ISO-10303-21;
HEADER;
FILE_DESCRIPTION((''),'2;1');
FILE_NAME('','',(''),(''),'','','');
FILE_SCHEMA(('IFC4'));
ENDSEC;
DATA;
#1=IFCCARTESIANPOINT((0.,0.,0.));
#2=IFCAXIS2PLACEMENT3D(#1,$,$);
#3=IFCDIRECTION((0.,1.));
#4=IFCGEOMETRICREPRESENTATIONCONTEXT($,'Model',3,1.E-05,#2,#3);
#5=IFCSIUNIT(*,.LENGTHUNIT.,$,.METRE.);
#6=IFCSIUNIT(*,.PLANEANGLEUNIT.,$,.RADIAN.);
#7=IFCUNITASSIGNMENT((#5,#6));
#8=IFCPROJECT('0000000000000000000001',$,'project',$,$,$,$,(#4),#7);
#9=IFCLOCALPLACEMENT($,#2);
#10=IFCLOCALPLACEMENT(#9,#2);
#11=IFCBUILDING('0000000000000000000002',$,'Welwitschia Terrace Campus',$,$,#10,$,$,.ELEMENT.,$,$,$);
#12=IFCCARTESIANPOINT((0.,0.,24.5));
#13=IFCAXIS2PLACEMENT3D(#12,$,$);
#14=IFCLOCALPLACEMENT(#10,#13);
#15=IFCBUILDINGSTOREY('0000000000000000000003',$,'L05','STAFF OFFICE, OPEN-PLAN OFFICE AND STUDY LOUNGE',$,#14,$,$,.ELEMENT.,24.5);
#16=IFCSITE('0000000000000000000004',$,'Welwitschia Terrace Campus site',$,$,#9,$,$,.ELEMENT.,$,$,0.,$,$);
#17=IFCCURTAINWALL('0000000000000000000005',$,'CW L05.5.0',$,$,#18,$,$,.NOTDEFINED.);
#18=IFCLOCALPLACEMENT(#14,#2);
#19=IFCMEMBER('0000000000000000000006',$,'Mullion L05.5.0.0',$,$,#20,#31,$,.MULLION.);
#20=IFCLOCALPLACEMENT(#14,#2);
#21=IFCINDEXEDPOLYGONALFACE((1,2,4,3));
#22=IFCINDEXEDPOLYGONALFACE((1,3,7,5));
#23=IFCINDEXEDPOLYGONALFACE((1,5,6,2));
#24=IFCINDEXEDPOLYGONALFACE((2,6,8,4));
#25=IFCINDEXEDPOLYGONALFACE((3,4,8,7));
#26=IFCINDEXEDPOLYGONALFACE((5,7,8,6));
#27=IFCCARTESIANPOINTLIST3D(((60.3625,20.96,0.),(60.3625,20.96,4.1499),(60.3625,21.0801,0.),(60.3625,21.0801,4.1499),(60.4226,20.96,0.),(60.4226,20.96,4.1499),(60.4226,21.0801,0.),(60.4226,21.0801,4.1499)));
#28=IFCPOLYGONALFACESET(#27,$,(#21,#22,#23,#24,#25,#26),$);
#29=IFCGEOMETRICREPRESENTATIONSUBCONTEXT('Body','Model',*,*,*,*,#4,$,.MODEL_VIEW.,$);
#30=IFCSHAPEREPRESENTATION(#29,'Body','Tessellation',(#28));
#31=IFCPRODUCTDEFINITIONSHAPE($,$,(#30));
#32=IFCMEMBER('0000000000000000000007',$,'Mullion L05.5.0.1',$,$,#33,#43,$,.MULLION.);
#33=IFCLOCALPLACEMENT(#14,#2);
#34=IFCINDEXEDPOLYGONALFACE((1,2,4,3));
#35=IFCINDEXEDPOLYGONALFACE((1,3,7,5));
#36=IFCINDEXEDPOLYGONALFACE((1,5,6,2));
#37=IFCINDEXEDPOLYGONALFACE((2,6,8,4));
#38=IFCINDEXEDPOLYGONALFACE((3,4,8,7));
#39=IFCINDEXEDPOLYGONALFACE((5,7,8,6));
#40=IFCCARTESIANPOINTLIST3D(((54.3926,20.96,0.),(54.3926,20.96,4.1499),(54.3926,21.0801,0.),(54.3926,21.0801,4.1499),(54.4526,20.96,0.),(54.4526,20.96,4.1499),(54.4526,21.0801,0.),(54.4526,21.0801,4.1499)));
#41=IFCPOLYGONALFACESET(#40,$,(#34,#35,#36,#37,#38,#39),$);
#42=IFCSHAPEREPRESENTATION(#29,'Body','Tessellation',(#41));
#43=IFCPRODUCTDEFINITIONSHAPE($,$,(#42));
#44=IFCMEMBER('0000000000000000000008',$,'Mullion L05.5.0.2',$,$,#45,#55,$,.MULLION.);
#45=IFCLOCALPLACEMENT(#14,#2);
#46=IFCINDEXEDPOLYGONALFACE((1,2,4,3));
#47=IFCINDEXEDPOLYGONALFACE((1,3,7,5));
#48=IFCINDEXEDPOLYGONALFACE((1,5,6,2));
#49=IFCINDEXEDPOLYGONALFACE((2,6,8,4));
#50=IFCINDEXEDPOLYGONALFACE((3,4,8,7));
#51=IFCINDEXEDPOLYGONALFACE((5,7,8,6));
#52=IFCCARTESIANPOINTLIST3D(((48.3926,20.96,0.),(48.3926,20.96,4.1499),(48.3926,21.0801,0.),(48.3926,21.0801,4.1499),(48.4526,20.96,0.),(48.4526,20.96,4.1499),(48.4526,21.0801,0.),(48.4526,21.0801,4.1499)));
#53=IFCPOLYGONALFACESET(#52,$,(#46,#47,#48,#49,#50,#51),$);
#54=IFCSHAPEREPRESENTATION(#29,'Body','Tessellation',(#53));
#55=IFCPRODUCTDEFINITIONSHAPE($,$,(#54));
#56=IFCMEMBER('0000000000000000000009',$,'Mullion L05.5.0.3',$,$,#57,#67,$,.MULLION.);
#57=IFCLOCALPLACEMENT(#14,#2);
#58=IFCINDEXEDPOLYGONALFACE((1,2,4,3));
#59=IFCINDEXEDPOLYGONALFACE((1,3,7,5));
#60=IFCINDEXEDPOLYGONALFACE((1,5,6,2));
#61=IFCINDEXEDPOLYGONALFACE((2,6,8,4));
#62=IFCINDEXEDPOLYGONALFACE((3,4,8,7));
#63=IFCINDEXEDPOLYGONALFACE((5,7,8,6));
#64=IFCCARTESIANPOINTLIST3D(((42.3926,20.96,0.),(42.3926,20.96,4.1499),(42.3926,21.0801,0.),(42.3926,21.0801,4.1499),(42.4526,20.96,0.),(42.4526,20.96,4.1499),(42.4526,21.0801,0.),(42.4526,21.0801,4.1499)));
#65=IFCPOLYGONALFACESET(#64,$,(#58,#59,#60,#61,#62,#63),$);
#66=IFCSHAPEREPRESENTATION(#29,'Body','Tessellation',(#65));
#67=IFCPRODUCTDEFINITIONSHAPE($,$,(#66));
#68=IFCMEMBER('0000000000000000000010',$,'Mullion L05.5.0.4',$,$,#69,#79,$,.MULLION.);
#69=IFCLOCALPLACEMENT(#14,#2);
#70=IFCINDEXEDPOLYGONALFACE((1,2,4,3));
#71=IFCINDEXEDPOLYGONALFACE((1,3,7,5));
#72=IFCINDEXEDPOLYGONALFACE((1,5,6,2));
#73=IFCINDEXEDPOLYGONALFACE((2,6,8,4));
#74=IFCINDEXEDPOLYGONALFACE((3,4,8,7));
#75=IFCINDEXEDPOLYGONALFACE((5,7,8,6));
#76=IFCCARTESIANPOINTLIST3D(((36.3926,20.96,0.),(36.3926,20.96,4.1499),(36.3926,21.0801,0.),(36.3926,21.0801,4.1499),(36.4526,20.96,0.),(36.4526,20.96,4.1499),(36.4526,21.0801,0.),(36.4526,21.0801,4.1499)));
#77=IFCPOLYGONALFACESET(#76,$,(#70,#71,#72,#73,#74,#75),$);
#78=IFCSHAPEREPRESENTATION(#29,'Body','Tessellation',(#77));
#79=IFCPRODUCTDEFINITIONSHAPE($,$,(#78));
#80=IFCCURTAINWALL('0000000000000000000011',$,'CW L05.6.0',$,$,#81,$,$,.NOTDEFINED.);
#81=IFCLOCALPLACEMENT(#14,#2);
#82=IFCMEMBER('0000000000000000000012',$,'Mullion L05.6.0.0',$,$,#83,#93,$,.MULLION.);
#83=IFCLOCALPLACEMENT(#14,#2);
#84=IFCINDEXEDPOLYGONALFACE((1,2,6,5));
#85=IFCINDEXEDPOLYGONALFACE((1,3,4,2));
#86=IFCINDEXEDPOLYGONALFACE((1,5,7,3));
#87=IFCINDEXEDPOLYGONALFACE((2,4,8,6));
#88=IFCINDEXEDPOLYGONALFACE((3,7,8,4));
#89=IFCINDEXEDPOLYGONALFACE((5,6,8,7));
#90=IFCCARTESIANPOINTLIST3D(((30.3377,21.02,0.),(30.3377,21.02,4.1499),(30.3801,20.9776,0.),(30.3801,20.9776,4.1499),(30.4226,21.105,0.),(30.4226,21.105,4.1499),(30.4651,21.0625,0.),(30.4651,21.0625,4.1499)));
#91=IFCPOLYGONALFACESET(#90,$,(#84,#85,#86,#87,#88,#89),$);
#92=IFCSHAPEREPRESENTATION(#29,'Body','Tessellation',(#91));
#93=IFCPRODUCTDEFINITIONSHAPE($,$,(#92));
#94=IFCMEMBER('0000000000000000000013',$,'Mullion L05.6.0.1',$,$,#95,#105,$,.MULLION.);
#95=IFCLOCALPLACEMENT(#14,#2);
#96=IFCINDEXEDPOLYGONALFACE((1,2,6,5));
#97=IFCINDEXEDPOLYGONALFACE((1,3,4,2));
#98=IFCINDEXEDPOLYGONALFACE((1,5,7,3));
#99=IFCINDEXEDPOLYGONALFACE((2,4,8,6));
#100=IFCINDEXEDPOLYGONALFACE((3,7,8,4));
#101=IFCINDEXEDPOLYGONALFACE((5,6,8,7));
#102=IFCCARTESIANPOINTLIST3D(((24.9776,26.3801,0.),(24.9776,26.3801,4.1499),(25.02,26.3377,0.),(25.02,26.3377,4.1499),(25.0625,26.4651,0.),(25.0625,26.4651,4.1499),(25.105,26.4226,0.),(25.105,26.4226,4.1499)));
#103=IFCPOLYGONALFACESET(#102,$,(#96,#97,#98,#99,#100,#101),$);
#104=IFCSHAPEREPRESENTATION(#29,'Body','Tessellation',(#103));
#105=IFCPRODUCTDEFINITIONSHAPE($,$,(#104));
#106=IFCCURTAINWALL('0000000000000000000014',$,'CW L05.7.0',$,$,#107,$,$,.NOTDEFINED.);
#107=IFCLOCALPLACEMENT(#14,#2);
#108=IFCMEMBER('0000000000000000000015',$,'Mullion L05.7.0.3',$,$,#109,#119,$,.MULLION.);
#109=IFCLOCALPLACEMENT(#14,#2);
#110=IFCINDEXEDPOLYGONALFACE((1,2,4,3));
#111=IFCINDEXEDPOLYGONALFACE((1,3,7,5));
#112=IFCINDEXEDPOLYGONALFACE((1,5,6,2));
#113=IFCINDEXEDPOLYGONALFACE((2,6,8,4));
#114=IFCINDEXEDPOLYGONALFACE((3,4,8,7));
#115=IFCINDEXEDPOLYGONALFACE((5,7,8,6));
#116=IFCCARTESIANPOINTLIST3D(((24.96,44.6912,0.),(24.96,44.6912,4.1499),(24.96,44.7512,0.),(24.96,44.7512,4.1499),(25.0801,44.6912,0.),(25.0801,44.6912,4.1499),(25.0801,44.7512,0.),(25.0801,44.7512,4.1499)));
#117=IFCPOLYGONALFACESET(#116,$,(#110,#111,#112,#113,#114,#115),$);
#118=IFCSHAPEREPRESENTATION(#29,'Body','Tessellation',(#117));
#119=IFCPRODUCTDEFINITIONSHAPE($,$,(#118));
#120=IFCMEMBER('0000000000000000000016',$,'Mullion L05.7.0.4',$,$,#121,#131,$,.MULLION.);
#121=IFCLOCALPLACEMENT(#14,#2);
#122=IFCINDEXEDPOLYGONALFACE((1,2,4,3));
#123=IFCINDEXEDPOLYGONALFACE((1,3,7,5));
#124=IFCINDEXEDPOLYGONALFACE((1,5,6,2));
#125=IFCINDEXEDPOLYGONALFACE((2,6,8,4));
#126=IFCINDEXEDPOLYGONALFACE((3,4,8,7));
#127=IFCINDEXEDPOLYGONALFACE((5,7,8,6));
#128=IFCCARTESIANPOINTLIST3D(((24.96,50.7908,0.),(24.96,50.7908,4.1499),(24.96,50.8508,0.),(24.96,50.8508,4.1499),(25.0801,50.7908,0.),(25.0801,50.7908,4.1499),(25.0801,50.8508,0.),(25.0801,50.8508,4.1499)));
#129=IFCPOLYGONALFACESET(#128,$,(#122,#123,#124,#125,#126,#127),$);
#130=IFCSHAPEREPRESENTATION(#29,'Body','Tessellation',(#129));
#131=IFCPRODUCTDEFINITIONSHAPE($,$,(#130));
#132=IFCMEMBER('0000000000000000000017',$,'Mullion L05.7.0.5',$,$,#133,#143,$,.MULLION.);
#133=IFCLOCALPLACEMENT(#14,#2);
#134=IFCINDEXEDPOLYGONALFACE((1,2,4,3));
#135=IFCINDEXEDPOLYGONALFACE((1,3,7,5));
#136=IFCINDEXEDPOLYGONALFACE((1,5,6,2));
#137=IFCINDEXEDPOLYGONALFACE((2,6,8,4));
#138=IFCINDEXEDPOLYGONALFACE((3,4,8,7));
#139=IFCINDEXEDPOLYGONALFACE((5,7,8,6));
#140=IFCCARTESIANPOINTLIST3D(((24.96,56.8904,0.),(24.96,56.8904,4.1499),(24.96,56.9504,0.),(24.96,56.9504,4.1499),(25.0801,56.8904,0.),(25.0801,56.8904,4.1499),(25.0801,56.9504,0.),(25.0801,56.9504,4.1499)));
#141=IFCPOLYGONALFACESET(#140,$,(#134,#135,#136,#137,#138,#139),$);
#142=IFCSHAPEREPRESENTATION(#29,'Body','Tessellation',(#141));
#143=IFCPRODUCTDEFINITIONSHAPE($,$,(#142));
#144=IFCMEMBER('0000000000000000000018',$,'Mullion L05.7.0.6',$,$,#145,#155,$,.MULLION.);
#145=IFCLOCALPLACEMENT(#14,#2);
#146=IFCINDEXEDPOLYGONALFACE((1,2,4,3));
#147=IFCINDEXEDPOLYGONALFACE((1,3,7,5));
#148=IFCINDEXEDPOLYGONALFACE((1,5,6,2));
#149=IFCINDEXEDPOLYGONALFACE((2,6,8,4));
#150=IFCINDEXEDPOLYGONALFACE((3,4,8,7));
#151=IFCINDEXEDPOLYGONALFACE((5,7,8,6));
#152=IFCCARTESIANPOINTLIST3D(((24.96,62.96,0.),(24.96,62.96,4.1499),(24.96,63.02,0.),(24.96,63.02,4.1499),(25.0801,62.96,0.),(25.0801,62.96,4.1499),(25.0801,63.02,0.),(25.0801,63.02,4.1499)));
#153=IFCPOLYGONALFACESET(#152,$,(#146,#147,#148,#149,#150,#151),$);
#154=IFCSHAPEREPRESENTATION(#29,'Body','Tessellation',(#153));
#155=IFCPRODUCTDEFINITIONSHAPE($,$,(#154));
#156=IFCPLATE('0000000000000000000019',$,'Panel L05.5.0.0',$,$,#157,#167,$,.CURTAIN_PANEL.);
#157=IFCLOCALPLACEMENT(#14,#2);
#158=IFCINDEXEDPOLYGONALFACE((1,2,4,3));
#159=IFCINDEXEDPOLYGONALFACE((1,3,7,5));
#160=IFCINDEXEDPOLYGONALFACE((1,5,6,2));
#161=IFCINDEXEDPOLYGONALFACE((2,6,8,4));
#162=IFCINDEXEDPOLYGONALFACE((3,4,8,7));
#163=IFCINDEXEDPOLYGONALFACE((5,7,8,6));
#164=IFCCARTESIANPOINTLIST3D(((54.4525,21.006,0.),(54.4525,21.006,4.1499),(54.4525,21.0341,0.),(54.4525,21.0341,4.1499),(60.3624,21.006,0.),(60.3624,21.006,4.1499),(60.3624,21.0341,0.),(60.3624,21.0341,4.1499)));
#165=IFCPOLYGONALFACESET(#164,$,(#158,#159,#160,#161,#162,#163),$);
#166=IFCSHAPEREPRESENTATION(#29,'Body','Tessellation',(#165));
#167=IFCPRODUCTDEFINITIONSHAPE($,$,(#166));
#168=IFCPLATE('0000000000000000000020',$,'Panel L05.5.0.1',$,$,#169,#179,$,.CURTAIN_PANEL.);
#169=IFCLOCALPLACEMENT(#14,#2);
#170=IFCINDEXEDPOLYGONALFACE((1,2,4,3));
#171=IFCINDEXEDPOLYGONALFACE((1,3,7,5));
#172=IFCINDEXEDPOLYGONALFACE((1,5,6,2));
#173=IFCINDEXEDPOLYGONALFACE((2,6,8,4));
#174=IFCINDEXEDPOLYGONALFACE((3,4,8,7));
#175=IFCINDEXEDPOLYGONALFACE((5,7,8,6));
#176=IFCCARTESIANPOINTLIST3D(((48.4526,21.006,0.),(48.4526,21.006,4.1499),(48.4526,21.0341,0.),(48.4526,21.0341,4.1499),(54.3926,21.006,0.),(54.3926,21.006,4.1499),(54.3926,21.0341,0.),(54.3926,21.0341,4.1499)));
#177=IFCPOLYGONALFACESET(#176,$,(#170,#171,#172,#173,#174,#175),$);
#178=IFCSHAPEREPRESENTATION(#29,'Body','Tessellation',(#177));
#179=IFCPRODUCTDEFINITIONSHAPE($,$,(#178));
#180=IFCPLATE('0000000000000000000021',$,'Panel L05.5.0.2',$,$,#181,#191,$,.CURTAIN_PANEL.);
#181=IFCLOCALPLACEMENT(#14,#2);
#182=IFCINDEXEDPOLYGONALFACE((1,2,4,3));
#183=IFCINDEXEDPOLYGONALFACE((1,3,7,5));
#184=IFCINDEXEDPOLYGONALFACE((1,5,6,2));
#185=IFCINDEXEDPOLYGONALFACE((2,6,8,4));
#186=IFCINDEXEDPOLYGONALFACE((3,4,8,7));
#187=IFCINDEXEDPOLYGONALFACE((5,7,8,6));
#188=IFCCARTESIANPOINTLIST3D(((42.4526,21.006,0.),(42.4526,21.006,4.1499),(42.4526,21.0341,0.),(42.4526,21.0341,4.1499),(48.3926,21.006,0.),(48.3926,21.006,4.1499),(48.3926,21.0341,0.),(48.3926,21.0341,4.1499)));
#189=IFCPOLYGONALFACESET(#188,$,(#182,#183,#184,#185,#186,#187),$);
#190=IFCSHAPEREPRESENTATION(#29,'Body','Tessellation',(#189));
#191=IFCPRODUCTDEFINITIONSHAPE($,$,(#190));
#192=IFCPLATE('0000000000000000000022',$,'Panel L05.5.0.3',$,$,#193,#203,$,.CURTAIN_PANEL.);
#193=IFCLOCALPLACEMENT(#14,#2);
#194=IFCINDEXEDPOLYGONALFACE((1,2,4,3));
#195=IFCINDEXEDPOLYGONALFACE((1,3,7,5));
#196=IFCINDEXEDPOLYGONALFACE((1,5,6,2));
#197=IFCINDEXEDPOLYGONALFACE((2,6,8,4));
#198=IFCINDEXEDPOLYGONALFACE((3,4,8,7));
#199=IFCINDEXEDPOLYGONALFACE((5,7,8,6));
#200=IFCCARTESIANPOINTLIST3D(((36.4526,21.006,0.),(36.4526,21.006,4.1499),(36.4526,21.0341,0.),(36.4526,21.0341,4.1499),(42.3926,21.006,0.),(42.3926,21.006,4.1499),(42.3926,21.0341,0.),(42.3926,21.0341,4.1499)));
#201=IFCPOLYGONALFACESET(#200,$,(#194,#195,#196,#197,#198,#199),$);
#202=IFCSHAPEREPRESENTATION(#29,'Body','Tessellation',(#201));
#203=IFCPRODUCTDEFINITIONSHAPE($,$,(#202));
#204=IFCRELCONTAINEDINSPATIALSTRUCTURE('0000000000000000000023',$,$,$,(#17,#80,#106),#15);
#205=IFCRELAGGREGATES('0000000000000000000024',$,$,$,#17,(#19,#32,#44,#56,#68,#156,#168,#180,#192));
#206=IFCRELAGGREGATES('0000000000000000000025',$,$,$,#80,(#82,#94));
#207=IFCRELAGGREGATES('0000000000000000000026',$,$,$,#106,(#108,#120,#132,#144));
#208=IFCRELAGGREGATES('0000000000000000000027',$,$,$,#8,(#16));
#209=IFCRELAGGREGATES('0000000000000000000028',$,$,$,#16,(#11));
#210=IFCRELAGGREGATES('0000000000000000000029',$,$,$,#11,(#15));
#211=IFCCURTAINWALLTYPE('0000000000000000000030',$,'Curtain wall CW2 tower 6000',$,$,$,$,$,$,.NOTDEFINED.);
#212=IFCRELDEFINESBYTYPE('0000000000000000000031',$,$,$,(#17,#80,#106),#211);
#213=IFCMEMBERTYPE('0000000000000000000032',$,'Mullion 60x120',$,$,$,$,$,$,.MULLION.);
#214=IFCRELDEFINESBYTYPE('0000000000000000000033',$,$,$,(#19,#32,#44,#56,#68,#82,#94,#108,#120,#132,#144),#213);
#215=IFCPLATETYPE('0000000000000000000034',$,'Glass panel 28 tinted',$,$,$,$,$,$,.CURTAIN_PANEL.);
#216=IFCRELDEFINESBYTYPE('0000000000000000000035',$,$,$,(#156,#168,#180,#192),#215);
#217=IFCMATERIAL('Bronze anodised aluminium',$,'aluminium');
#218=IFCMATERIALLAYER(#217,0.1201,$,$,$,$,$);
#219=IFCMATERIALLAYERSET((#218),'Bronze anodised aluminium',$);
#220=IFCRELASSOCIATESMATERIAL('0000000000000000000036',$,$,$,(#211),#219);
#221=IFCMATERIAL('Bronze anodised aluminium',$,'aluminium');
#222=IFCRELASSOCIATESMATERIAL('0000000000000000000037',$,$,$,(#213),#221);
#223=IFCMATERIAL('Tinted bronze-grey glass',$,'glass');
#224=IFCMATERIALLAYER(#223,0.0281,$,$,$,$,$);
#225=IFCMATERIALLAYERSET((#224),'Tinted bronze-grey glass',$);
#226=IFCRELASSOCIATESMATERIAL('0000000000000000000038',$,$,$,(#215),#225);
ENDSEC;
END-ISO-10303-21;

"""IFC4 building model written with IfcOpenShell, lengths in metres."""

from ifc_helpers import new_model, si_unit, direction, frame, origin, origin_2d, place, context, subcontext, project, spatial, rectangle, extrude, material, layer, layer_set, material_profile, profile_set, type_object, element, aggregate, save


model = new_model("IFC4")

# Units and contexts
model_context = context("Model", 3, precision=1e-05, world=origin(), true_north=direction((0.0, 1.0)))
body_context = subcontext(model_context, "Body", "Model", "MODEL_VIEW")
ifc_project = project(units=[si_unit("LENGTHUNIT", "METRE"), si_unit("PLANEANGLEUNIT", "RADIAN")], contexts=[model_context])

# Site, building, storey
site_placement = place(None, origin())
site = spatial("IfcSite", under=ifc_project, at=site_placement, Name="Welwitschia Terrace Campus site", CompositionType="ELEMENT", RefElevation=0.0)
building_placement = place(site_placement, origin())
building = spatial("IfcBuilding", under=site, at=building_placement, Name="Welwitschia Terrace Campus", CompositionType="ELEMENT")
storey_placement = place(building_placement, frame((0.0, 0.0, 24.5)))
storey = spatial("IfcBuildingStorey", under=building, at=storey_placement, Name="L05", Description="STAFF OFFICE, OPEN-PLAN OFFICE AND STUDY LOUNGE", CompositionType="ELEMENT", Elevation=24.5)

# Curtain walls, members
ifc_material_1 = material(Name="Bronze anodised aluminium", Category="aluminium")
ifc_layer_1 = layer(ifc_material_1, 0.1201)
ifc_layer_set_1 = layer_set([ifc_layer_1], Name="Bronze anodised aluminium")
curtain_wall_type = type_object("IfcCurtainWallType", Name="Curtain wall CW2 tower 6000", PredefinedType="NOTDEFINED", material=ifc_layer_set_1)
curtain_wall_1_placement = place(storey_placement, origin())
curtain_wall_1 = element("IfcCurtainWall", 1, at=curtain_wall_1_placement, inside=storey, type_object=curtain_wall_type, Name="CW L05.5.0", PredefinedType="NOTDEFINED")
ifc_material_2 = material(Name="Bronze anodised aluminium", Category="aluminium")
ifc_material_profile = material_profile(ifc_material_2, rectangle(XDim=0.1201, YDim=0.0601, at=origin_2d()))
ifc_profile_set = profile_set([ifc_material_profile], Name="Bronze anodised aluminium")
member_type = type_object("IfcMemberType", Name="Mullion 60x120", PredefinedType="MULLION", material=ifc_profile_set)
member_1_placement = place(storey_placement, frame((60.3926, 21.02, 0.0), z_axis=(0.0, 0.0, 1.0), x_axis=(0.0, -1.0, 0.0)))
member_1 = element("IfcMember", 2, at=member_1_placement, type_object=member_type, Name="Mullion L05.5.0.0", PredefinedType="MULLION", context=body_context, shape_type="SweptSolid", body=[
    extrude(rectangle(XDim=0.1201, YDim=0.0601, at=origin_2d()), origin(), (0.0, 0.0, 1.0), 4.1499),
])
member_2_placement = place(storey_placement, frame((54.4226, 21.02, 0.0), z_axis=(0.0, 0.0, 1.0), x_axis=(0.0, -1.0, 0.0)))
member_2 = element("IfcMember", 3, at=member_2_placement, type_object=member_type, Name="Mullion L05.5.0.1", PredefinedType="MULLION", context=body_context, shape_type="SweptSolid", body=[
    extrude(rectangle(XDim=0.1201, YDim=0.0601, at=origin_2d()), origin(), (0.0, 0.0, 1.0), 4.1499),
])
member_3_placement = place(storey_placement, frame((48.4226, 21.02, 0.0), z_axis=(0.0, 0.0, 1.0), x_axis=(0.0, -1.0, 0.0)))
member_3 = element("IfcMember", 4, at=member_3_placement, type_object=member_type, Name="Mullion L05.5.0.2", PredefinedType="MULLION", context=body_context, shape_type="SweptSolid", body=[
    extrude(rectangle(XDim=0.1201, YDim=0.0601, at=origin_2d()), origin(), (0.0, 0.0, 1.0), 4.1499),
])
member_4_placement = place(storey_placement, frame((42.4226, 21.02, 0.0), z_axis=(0.0, 0.0, 1.0), x_axis=(0.0, -1.0, 0.0)))
member_4 = element("IfcMember", 5, at=member_4_placement, type_object=member_type, Name="Mullion L05.5.0.3", PredefinedType="MULLION", context=body_context, shape_type="SweptSolid", body=[
    extrude(rectangle(XDim=0.1201, YDim=0.0601, at=origin_2d()), origin(), (0.0, 0.0, 1.0), 4.1499),
])
member_5_placement = place(storey_placement, frame((36.4226, 21.02, 0.0), z_axis=(0.0, 0.0, 1.0), x_axis=(0.0, -1.0, 0.0)))
member_5 = element("IfcMember", 6, at=member_5_placement, type_object=member_type, Name="Mullion L05.5.0.4", PredefinedType="MULLION", context=body_context, shape_type="SweptSolid", body=[
    extrude(rectangle(XDim=0.1201, YDim=0.0601, at=origin_2d()), origin(), (0.0, 0.0, 1.0), 4.1499),
])
curtain_wall_2_placement = place(storey_placement, origin())
curtain_wall_2 = element("IfcCurtainWall", 7, at=curtain_wall_2_placement, inside=storey, type_object=curtain_wall_type, Name="CW L05.6.0", PredefinedType="NOTDEFINED")
member_6_placement = place(storey_placement, frame((30.4014, 21.0413, 0.0), z_axis=(0.0, 0.0, 1.0), x_axis=(-0.707107, -0.707107, 0.0)))
member_6 = element("IfcMember", 8, at=member_6_placement, type_object=member_type, Name="Mullion L05.6.0.0", PredefinedType="MULLION", context=body_context, shape_type="SweptSolid", body=[
    extrude(rectangle(XDim=0.1201, YDim=0.0601, at=origin_2d()), origin(), (0.0, 0.0, 1.0), 4.1499),
])
member_7_placement = place(storey_placement, frame((25.0413, 26.4014, 0.0), z_axis=(0.0, 0.0, 1.0), x_axis=(-0.707107, -0.707107, 0.0)))
member_7 = element("IfcMember", 9, at=member_7_placement, type_object=member_type, Name="Mullion L05.6.0.1", PredefinedType="MULLION", context=body_context, shape_type="SweptSolid", body=[
    extrude(rectangle(XDim=0.1201, YDim=0.0601, at=origin_2d()), origin(), (0.0, 0.0, 1.0), 4.1499),
])
curtain_wall_3_placement = place(storey_placement, origin())
curtain_wall_3 = element("IfcCurtainWall", 10, at=curtain_wall_3_placement, inside=storey, type_object=curtain_wall_type, Name="CW L05.7.0", PredefinedType="NOTDEFINED")
member_8_placement = place(storey_placement, frame((25.02, 44.7212, 0.0), z_axis=(0.0, 0.0, 1.0), x_axis=(-1.0, 0.0, 0.0)))
member_8 = element("IfcMember", 11, at=member_8_placement, type_object=member_type, Name="Mullion L05.7.0.3", PredefinedType="MULLION", context=body_context, shape_type="SweptSolid", body=[
    extrude(rectangle(XDim=0.1201, YDim=0.0601, at=origin_2d()), origin(), (0.0, 0.0, 1.0), 4.1499),
])
member_9_placement = place(storey_placement, frame((25.02, 50.8208, 0.0), z_axis=(0.0, 0.0, 1.0), x_axis=(-1.0, 0.0, 0.0)))
member_9 = element("IfcMember", 12, at=member_9_placement, type_object=member_type, Name="Mullion L05.7.0.4", PredefinedType="MULLION", context=body_context, shape_type="SweptSolid", body=[
    extrude(rectangle(XDim=0.1201, YDim=0.0601, at=origin_2d()), origin(), (0.0, 0.0, 1.0), 4.1499),
])
member_10_placement = place(storey_placement, frame((25.02, 56.9204, 0.0), z_axis=(0.0, 0.0, 1.0), x_axis=(-1.0, 0.0, 0.0)))
member_10 = element("IfcMember", 13, at=member_10_placement, type_object=member_type, Name="Mullion L05.7.0.5", PredefinedType="MULLION", context=body_context, shape_type="SweptSolid", body=[
    extrude(rectangle(XDim=0.1201, YDim=0.0601, at=origin_2d()), origin(), (0.0, 0.0, 1.0), 4.1499),
])
member_11_placement = place(storey_placement, frame((25.02, 62.99, 0.0), z_axis=(0.0, 0.0, 1.0), x_axis=(-1.0, 0.0, 0.0)))
member_11 = element("IfcMember", 14, at=member_11_placement, type_object=member_type, Name="Mullion L05.7.0.6", PredefinedType="MULLION", context=body_context, shape_type="SweptSolid", body=[
    extrude(rectangle(XDim=0.1201, YDim=0.0601, at=origin_2d()), origin(), (0.0, 0.0, 1.0), 4.1499),
])

# Plates
ifc_material_3 = material(Name="Tinted bronze-grey glass", Category="glass")
ifc_layer_2 = layer(ifc_material_3, 0.0281)
ifc_layer_set_2 = layer_set([ifc_layer_2], Name="Tinted bronze-grey glass")
plate_type = type_object("IfcPlateType", Name="Glass panel 28 tinted", PredefinedType="CURTAIN_PANEL", material=ifc_layer_set_2)
plate_1_placement = place(storey_placement, frame((57.4075, 21.02, 0.0), z_axis=(0.0, 0.0, 1.0), x_axis=(-1.0, 0.0, 0.0)))
plate_1 = element("IfcPlate", 15, at=plate_1_placement, type_object=plate_type, Name="Panel L05.5.0.0", PredefinedType="CURTAIN_PANEL", context=body_context, shape_type="SweptSolid", body=[
    extrude(rectangle(XDim=5.9099, YDim=0.0281, at=origin_2d()), origin(), (0.0, 0.0, 1.0), 4.1499),
])
plate_2_placement = place(storey_placement, frame((51.4226, 21.02, 0.0), z_axis=(0.0, 0.0, 1.0), x_axis=(-1.0, 0.0, 0.0)))
plate_2 = element("IfcPlate", 16, at=plate_2_placement, type_object=plate_type, Name="Panel L05.5.0.1", PredefinedType="CURTAIN_PANEL", context=body_context, shape_type="SweptSolid", body=[
    extrude(rectangle(XDim=5.9399, YDim=0.0281, at=origin_2d()), origin(), (0.0, 0.0, 1.0), 4.1499),
])
plate_3_placement = place(storey_placement, frame((45.4226, 21.02, 0.0), z_axis=(0.0, 0.0, 1.0), x_axis=(-1.0, 0.0, 0.0)))
plate_3 = element("IfcPlate", 17, at=plate_3_placement, type_object=plate_type, Name="Panel L05.5.0.2", PredefinedType="CURTAIN_PANEL", context=body_context, shape_type="SweptSolid", body=[
    extrude(rectangle(XDim=5.9399, YDim=0.0281, at=origin_2d()), origin(), (0.0, 0.0, 1.0), 4.1499),
])
plate_4_placement = place(storey_placement, frame((39.4226, 21.02, 0.0), z_axis=(0.0, 0.0, 1.0), x_axis=(-1.0, 0.0, 0.0)))
plate_4 = element("IfcPlate", 18, at=plate_4_placement, type_object=plate_type, Name="Panel L05.5.0.3", PredefinedType="CURTAIN_PANEL", context=body_context, shape_type="SweptSolid", body=[
    extrude(rectangle(XDim=5.9399, YDim=0.0281, at=origin_2d()), origin(), (0.0, 0.0, 1.0), 4.1499),
])
aggregate(curtain_wall_1, [member_1, member_2, member_3, member_4, member_5, plate_1, plate_2, plate_3, plate_4])
aggregate(curtain_wall_2, [member_6, member_7])
aggregate(curtain_wall_3, [member_8, member_9, member_10, member_11])

save(model, "model.ifc")
